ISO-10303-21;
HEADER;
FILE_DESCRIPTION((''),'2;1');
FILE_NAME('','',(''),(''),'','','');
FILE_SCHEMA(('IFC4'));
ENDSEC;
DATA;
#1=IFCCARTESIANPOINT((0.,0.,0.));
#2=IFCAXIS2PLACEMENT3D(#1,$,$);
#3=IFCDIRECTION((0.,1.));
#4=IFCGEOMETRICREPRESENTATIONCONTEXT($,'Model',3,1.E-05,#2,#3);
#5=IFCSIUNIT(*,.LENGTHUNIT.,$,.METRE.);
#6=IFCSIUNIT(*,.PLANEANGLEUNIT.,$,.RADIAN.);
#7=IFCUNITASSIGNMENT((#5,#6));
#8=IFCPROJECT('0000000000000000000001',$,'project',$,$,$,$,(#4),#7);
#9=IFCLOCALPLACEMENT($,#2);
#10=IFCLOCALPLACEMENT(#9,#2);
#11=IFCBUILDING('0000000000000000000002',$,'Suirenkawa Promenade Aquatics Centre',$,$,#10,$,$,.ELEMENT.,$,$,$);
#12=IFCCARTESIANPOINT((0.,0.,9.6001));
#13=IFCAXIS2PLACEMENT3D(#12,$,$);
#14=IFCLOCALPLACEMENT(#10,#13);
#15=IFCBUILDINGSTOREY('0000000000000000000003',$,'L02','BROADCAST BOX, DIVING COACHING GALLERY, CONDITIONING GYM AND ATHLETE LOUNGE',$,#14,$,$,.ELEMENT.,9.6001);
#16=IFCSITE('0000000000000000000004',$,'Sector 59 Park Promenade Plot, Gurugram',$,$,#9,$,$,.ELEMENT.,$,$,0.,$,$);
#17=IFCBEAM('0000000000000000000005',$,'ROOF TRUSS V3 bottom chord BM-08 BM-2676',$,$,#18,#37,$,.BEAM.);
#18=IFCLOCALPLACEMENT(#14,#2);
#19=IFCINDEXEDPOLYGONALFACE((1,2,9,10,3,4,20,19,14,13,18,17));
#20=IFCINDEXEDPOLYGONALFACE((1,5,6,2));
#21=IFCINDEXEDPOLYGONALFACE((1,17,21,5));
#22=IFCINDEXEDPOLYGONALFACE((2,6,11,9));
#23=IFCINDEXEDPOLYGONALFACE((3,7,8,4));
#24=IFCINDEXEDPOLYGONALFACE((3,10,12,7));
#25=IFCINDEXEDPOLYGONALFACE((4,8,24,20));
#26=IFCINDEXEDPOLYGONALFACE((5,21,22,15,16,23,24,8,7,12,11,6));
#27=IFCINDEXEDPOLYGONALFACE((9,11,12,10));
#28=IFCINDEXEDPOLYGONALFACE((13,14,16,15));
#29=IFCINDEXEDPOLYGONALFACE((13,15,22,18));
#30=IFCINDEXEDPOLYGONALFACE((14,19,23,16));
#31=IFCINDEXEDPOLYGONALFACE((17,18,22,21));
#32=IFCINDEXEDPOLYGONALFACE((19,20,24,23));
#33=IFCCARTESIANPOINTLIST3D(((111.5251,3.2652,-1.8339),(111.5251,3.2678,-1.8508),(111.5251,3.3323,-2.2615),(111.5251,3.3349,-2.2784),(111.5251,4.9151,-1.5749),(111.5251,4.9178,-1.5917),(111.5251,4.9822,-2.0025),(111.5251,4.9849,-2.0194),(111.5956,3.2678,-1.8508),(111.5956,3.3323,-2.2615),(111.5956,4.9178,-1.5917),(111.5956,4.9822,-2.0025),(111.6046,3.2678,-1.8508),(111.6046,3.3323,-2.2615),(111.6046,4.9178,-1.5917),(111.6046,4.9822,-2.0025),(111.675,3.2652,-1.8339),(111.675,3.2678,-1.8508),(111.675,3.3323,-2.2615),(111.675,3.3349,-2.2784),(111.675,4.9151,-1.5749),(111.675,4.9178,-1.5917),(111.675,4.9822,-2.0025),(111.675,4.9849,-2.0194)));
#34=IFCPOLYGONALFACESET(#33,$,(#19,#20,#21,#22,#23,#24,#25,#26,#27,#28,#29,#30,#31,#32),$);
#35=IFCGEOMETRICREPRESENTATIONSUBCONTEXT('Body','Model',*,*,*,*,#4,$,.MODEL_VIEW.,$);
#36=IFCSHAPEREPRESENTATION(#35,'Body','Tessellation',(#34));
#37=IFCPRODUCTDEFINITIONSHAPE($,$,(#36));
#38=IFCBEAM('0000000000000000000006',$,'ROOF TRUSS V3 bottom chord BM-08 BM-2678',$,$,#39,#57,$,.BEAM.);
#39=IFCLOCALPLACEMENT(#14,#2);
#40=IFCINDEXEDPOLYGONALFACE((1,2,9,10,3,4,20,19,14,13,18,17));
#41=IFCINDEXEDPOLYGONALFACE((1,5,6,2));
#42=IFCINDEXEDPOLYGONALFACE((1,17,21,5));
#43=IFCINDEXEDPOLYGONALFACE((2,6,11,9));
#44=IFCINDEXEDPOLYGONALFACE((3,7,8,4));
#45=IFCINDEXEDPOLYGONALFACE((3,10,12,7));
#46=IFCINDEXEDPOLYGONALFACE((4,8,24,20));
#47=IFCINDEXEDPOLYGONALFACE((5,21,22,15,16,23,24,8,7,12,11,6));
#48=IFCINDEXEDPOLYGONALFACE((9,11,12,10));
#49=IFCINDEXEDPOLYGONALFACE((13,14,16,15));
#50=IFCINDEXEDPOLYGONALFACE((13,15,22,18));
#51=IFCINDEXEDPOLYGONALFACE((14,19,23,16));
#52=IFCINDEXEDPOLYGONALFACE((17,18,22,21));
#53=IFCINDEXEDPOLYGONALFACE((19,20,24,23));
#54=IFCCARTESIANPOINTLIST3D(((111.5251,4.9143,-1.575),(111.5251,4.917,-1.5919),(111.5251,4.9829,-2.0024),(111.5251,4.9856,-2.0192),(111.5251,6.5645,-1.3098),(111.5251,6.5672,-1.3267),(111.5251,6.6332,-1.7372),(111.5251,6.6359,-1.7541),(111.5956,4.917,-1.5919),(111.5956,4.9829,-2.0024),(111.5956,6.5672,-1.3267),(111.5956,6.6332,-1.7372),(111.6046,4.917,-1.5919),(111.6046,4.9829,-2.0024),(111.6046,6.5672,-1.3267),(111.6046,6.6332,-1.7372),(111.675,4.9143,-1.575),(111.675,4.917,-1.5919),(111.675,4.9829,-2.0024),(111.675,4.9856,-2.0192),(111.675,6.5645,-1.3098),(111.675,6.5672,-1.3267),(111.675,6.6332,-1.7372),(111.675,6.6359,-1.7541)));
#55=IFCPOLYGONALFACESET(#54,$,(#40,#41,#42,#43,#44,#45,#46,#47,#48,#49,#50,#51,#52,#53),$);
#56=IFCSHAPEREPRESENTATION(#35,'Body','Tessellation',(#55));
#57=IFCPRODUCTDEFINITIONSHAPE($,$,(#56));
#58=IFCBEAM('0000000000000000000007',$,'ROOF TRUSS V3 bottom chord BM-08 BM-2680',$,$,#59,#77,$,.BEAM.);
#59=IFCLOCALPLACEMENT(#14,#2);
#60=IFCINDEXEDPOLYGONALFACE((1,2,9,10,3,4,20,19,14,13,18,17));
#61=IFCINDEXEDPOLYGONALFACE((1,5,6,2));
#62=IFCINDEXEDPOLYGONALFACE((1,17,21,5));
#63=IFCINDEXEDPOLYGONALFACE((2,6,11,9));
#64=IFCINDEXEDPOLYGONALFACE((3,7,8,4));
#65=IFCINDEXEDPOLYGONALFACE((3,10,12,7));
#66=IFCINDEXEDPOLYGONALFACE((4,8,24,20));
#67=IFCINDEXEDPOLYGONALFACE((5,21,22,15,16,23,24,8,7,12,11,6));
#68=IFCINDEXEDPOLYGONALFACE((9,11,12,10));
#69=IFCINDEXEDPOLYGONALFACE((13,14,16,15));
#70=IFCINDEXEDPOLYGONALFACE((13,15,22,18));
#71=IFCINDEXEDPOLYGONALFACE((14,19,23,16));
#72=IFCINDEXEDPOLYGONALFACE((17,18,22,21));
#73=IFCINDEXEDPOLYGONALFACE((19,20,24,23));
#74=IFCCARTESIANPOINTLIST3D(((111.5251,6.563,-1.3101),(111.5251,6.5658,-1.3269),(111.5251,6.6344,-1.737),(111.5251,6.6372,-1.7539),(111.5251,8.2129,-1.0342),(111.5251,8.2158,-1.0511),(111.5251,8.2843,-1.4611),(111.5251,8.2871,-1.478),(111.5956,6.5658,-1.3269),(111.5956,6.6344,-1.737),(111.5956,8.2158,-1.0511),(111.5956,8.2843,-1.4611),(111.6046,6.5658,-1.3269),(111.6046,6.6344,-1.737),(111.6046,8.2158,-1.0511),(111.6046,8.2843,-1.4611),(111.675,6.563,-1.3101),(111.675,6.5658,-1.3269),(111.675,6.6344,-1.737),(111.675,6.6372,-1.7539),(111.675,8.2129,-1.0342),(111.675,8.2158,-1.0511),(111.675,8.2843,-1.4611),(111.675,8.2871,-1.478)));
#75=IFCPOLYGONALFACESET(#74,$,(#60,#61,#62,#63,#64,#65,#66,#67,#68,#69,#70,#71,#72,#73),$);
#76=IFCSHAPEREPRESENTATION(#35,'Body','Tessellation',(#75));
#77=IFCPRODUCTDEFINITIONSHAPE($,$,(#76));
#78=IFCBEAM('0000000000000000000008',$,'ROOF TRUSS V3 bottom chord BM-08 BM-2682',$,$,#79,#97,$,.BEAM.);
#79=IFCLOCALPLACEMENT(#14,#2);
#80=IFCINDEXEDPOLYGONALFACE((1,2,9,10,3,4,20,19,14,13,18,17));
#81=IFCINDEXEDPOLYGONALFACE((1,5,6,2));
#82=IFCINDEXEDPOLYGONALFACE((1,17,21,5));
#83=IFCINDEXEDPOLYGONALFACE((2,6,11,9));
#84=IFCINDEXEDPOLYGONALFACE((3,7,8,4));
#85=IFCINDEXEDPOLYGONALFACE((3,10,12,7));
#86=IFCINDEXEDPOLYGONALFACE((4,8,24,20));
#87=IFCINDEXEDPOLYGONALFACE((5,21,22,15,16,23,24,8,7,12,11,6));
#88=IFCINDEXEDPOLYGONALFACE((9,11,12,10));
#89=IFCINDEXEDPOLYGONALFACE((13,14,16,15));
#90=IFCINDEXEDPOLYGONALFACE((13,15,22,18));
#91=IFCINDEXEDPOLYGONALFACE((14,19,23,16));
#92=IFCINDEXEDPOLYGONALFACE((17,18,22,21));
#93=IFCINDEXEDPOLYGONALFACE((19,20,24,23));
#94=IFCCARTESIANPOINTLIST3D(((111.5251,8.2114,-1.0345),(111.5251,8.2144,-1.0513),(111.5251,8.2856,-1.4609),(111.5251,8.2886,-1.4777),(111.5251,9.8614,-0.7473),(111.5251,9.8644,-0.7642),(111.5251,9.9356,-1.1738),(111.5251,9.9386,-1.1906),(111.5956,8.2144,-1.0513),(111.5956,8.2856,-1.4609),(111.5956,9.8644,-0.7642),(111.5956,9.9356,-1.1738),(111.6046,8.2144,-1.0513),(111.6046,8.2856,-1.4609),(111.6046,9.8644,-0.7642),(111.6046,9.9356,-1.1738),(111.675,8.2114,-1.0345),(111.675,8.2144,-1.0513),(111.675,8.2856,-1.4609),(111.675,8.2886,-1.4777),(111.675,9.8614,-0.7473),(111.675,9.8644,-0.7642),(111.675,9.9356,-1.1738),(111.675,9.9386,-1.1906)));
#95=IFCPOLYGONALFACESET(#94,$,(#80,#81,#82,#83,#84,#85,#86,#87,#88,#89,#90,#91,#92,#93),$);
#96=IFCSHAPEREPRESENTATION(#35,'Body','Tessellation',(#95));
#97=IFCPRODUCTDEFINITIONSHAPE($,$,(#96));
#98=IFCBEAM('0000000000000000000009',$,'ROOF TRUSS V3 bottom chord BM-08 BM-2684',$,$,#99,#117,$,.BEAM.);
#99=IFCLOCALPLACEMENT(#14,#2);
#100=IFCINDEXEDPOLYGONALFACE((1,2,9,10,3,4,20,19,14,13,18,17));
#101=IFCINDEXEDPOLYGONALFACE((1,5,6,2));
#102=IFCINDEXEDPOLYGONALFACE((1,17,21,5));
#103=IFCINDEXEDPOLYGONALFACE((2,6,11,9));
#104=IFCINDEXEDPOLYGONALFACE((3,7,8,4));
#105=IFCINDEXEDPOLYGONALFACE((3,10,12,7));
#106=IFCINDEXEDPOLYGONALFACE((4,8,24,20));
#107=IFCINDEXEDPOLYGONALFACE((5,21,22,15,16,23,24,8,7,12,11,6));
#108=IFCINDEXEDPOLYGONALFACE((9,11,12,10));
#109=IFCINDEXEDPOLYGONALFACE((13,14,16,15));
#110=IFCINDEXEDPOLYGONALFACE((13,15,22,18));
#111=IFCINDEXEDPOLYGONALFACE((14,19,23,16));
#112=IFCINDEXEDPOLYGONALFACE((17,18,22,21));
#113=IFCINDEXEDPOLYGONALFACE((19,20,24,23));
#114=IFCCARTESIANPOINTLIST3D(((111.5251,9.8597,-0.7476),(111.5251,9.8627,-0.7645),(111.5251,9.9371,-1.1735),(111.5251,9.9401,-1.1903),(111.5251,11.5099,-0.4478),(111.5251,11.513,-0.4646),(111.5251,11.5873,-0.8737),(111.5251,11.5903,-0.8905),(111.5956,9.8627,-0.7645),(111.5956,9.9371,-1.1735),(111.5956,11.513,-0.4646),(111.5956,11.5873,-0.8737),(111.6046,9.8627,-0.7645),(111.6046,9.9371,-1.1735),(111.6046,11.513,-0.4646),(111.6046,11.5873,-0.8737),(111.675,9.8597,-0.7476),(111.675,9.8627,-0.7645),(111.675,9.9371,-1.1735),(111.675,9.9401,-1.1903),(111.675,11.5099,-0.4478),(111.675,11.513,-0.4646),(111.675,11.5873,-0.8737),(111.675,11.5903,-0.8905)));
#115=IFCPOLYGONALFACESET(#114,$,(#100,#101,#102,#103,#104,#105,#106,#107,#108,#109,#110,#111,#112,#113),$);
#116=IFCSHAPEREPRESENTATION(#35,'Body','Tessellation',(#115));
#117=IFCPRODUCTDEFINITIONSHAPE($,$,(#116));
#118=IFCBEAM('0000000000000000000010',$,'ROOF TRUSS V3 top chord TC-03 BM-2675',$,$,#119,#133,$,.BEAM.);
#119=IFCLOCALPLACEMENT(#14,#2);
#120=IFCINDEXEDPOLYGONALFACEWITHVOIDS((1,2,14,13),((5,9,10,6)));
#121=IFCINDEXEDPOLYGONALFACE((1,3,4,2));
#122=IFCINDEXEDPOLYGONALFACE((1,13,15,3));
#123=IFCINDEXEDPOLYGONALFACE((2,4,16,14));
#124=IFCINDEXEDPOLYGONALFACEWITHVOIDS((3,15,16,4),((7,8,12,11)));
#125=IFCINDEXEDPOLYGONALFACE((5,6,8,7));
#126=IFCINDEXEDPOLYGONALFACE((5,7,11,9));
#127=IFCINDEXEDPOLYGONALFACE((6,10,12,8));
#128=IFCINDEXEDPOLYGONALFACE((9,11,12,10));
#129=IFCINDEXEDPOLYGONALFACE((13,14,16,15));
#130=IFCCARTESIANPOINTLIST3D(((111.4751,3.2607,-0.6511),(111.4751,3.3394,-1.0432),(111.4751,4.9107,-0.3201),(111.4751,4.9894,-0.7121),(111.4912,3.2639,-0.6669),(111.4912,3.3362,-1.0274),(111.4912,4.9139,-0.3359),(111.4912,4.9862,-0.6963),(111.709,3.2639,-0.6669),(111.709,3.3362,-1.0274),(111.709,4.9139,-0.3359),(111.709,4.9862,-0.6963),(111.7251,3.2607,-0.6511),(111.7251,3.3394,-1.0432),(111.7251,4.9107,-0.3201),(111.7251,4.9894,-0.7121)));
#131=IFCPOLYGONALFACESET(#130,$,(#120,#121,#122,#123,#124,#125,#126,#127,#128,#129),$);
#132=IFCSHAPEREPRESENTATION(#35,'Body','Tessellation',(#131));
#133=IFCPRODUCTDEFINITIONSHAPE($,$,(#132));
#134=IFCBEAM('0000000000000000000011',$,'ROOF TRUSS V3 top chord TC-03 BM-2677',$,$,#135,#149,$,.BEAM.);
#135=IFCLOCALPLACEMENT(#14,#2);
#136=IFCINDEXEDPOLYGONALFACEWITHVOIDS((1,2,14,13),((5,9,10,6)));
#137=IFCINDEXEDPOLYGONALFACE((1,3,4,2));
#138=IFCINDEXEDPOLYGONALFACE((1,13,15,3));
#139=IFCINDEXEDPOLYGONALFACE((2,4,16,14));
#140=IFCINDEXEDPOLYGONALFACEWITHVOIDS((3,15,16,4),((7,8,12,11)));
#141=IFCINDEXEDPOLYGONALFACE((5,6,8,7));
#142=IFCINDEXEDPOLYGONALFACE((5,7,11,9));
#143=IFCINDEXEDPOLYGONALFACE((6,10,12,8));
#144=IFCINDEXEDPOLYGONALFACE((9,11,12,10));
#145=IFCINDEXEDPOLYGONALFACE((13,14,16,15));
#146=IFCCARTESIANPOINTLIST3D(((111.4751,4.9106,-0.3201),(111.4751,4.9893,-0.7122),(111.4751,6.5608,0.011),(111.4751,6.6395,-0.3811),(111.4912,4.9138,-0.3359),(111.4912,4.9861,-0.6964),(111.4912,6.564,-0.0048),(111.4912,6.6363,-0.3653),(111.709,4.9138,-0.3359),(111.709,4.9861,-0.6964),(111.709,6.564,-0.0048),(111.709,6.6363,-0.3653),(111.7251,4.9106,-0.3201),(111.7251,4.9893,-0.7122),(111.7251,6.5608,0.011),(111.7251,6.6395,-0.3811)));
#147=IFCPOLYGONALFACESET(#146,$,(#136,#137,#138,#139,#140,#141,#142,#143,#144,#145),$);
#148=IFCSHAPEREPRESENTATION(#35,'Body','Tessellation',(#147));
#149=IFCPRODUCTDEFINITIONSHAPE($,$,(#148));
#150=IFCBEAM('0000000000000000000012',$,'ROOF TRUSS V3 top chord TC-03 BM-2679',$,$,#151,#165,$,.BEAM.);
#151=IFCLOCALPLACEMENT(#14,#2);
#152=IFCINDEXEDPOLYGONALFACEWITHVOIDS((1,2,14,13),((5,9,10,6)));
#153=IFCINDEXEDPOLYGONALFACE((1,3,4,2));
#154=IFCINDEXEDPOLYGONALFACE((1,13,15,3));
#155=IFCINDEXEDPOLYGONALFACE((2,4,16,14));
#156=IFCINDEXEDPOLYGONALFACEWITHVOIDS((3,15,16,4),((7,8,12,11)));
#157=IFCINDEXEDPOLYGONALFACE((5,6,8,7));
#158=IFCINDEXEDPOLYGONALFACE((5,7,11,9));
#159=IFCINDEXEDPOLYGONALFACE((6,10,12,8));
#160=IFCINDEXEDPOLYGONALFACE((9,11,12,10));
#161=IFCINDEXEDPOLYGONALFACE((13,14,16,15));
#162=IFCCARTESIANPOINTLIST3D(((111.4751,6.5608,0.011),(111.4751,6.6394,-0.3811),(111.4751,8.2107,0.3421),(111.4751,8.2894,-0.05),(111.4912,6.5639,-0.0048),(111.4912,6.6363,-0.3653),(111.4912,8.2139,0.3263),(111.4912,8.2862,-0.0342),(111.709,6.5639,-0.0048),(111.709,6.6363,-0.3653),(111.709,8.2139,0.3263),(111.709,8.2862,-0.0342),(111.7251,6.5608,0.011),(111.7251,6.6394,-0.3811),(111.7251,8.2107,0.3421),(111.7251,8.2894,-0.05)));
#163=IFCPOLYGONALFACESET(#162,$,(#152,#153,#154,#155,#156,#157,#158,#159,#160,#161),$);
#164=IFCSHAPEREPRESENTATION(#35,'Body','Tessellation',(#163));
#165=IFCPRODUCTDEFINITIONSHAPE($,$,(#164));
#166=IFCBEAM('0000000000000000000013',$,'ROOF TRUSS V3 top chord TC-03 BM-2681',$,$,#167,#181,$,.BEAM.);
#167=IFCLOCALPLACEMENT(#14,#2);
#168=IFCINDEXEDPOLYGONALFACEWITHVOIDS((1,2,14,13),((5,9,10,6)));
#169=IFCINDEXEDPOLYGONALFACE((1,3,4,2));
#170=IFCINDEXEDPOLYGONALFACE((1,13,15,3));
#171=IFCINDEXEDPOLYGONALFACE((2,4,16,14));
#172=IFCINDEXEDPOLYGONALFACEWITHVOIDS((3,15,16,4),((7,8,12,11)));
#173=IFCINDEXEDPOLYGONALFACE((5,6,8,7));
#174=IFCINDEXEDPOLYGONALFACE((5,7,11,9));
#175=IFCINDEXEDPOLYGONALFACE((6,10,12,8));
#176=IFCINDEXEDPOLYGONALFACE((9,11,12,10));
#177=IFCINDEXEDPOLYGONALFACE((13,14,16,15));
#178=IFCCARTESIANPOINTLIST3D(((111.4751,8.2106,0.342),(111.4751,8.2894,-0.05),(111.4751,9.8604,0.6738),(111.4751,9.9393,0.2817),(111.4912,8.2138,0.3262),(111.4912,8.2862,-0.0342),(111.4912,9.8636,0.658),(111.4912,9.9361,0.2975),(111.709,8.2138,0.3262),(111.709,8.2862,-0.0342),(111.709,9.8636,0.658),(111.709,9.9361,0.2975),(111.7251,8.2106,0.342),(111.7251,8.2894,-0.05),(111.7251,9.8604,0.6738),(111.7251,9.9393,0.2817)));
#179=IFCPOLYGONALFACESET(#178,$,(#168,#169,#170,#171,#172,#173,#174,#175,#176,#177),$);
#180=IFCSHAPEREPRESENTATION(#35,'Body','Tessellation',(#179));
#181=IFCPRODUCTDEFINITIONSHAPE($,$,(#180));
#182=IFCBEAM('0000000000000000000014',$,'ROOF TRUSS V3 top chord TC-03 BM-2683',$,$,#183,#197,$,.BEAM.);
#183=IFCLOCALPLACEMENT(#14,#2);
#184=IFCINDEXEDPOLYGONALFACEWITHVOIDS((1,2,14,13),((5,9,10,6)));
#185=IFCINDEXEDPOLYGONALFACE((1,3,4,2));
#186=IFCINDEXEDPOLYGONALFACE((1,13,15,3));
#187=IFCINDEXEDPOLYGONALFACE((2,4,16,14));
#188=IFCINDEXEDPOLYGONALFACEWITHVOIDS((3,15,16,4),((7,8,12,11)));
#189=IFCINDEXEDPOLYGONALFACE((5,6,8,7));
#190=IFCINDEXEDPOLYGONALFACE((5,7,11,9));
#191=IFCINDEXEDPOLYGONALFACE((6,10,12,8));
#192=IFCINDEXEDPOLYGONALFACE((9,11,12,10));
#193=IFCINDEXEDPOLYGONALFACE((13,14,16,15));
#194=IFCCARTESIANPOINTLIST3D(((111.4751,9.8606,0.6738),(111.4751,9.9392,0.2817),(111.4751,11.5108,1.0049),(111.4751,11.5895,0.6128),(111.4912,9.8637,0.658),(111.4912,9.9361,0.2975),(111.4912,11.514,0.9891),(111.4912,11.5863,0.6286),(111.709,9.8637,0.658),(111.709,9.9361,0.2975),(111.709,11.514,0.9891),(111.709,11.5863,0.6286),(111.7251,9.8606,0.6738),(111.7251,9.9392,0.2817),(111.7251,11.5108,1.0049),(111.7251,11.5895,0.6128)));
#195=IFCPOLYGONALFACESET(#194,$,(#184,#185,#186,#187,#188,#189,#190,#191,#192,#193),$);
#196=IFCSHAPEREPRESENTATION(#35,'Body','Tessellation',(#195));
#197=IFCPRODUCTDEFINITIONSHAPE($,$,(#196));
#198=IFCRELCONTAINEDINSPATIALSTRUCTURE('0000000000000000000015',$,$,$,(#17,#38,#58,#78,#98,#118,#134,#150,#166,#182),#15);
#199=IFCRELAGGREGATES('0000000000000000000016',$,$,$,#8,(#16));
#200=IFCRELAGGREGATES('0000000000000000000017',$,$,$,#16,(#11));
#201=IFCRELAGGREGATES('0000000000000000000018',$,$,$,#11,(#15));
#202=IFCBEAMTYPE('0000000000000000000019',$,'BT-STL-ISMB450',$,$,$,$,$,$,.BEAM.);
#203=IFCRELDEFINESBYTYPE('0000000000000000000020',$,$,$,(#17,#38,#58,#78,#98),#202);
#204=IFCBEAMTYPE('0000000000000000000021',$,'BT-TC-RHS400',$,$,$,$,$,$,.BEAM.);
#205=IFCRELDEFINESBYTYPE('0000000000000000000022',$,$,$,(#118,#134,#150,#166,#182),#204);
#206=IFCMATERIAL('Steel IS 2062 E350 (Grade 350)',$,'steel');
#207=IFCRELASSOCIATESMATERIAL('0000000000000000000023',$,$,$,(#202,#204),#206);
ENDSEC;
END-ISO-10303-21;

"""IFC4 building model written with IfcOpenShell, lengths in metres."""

from ifc_helpers import new_model, si_unit, direction, frame, origin, origin_2d, place, context, subcontext, project, spatial, hollow_rectangle, i_section, extrude, material, material_profile, profile_set, type_object, element, save


model = new_model("IFC4")

# Units and contexts
model_context = context("Model", 3, precision=1e-05, world=origin(), true_north=direction((0.0, 1.0)))
body_context = subcontext(model_context, "Body", "Model", "MODEL_VIEW")
ifc_project = project(units=[si_unit("LENGTHUNIT", "METRE"), si_unit("PLANEANGLEUNIT", "RADIAN")], contexts=[model_context])

# Site, building, storey
site_placement = place(None, origin())
site = spatial("IfcSite", under=ifc_project, at=site_placement, Name="Sector 59 Park Promenade Plot, Gurugram", CompositionType="ELEMENT", RefElevation=0.0)
building_placement = place(site_placement, origin())
building = spatial("IfcBuilding", under=site, at=building_placement, Name="Suirenkawa Promenade Aquatics Centre", CompositionType="ELEMENT")
storey_placement = place(building_placement, frame((0.0, 0.0, 9.6001)))
storey = spatial("IfcBuildingStorey", under=building, at=storey_placement, Name="L02", Description="BROADCAST BOX, DIVING COACHING GALLERY, CONDITIONING GYM AND ATHLETE LOUNGE", CompositionType="ELEMENT", Elevation=9.6001)

# Beams
ifc_material = material(Name="Steel IS 2062 E350 (Grade 350)", Category="steel")
ifc_material_profile_1 = material_profile(ifc_material, i_section(OverallWidth=0.1499, OverallDepth=0.45, WebThickness=0.009, FlangeThickness=0.0171, at=origin_2d()), Name="ISMB 450", Category="steel")
ifc_profile_set_1 = profile_set([ifc_material_profile_1], Name="Steel IS 2062 E350 (Grade 350)")
beam_type_1 = type_object("IfcBeamType", Name="BT-STL-ISMB450", PredefinedType="BEAM", material=ifc_profile_set_1)
beam_1_placement = place(storey_placement, frame((111.6001, 3.3, -2.0562), z_axis=(0.0, 0.987899, 0.155099), x_axis=(-1.0, 0.0, 0.0)))
element("IfcBeam", 1, at=beam_1_placement, inside=storey, type_object=beam_type_1, Name="ROOF TRUSS V3 bottom chord BM-08 BM-2676", PredefinedType="BEAM", context=body_context, shape_type="SweptSolid", body=[
    extrude(i_section(OverallWidth=0.1499, OverallDepth=0.45, WebThickness=0.009, FlangeThickness=0.0171, at=origin_2d()), origin(), (0.0, 0.0, 1.0), 1.6702),
])
beam_2_placement = place(storey_placement, frame((111.6001, 4.95, -1.7971), z_axis=(0.0, 0.987337, 0.15864), x_axis=(-1.0, 0.0, 0.0)))
element("IfcBeam", 2, at=beam_2_placement, inside=storey, type_object=beam_type_1, Name="ROOF TRUSS V3 bottom chord BM-08 BM-2678", PredefinedType="BEAM", context=body_context, shape_type="SweptSolid", body=[
    extrude(i_section(OverallWidth=0.1499, OverallDepth=0.45, WebThickness=0.009, FlangeThickness=0.0171, at=origin_2d()), origin(), (0.0, 0.0, 1.0), 1.6714),
])
beam_3_placement = place(storey_placement, frame((111.6001, 6.6001, -1.532), z_axis=(0.0, 0.986307, 0.16492), x_axis=(-1.0, 0.0, 0.0)))
element("IfcBeam", 3, at=beam_3_placement, inside=storey, type_object=beam_type_1, Name="ROOF TRUSS V3 bottom chord BM-08 BM-2680", PredefinedType="BEAM", context=body_context, shape_type="SweptSolid", body=[
    extrude(i_section(OverallWidth=0.1499, OverallDepth=0.45, WebThickness=0.009, FlangeThickness=0.0171, at=origin_2d()), origin(), (0.0, 0.0, 1.0), 1.6729),
])
beam_4_placement = place(storey_placement, frame((111.6001, 8.25, -1.2561), z_axis=(0.0, 0.985195, 0.17144), x_axis=(-1.0, 0.0, 0.0)))
element("IfcBeam", 4, at=beam_4_placement, inside=storey, type_object=beam_type_1, Name="ROOF TRUSS V3 bottom chord BM-08 BM-2682", PredefinedType="BEAM", context=body_context, shape_type="SweptSolid", body=[
    extrude(i_section(OverallWidth=0.1499, OverallDepth=0.45, WebThickness=0.009, FlangeThickness=0.0171, at=origin_2d()), origin(), (0.0, 0.0, 1.0), 1.6748),
])
beam_5_placement = place(storey_placement, frame((111.6001, 9.8999, -0.969), z_axis=(0.0, 0.983893, 0.178757), x_axis=(-1.0, 0.0, 0.0)))
element("IfcBeam", 5, at=beam_5_placement, inside=storey, type_object=beam_type_1, Name="ROOF TRUSS V3 bottom chord BM-08 BM-2684", PredefinedType="BEAM", context=body_context, shape_type="SweptSolid", body=[
    extrude(i_section(OverallWidth=0.1499, OverallDepth=0.45, WebThickness=0.009, FlangeThickness=0.0171, at=origin_2d()), origin(), (0.0, 0.0, 1.0), 1.6772),
])
ifc_material_profile_2 = material_profile(ifc_material, hollow_rectangle(XDim=0.25, YDim=0.3999, WallThickness=0.0161, at=origin_2d()), Name="RHS 400x250x16", Category="steel")
ifc_profile_set_2 = profile_set([ifc_material_profile_2], Name="Steel IS 2062 E350 (Grade 350)")
beam_type_2 = type_object("IfcBeamType", Name="BT-TC-RHS400", PredefinedType="BEAM", material=ifc_profile_set_2)
beam_6_placement = place(storey_placement, frame((111.6001, 3.3, -0.8472), z_axis=(0.0, 0.980458, 0.19673), x_axis=(-1.0, 0.0, 0.0)))
element("IfcBeam", 6, at=beam_6_placement, inside=storey, type_object=beam_type_2, Name="ROOF TRUSS V3 top chord TC-03 BM-2675", PredefinedType="BEAM", context=body_context, shape_type="SweptSolid", body=[
    extrude(hollow_rectangle(XDim=0.25, YDim=0.3999, WallThickness=0.0161, at=origin_2d()), origin(), (0.0, 0.0, 1.0), 1.6829),
])
beam_7_placement = place(storey_placement, frame((111.6001, 4.95, -0.5161), z_axis=(0.0, 0.980463, 0.196702), x_axis=(-1.0, 0.0, 0.0)))
element("IfcBeam", 7, at=beam_7_placement, inside=storey, type_object=beam_type_2, Name="ROOF TRUSS V3 top chord TC-03 BM-2677", PredefinedType="BEAM", context=body_context, shape_type="SweptSolid", body=[
    extrude(hollow_rectangle(XDim=0.25, YDim=0.3999, WallThickness=0.0161, at=origin_2d()), origin(), (0.0, 0.0, 1.0), 1.6831),
])
for number, where, z_axis, x_axis, name in (
    (8, (111.6001, 6.6001, -0.1851), (0.0, 0.980458, 0.19673), (-1.0, 0.0, 0.0), "ROOF TRUSS V3 top chord TC-03 BM-2679"),
    (9, (111.6001, 8.25, 0.146), (0.0, 0.980374, 0.197148), (-1.0, 0.0, 0.0), "ROOF TRUSS V3 top chord TC-03 BM-2681"),
):
    element("IfcBeam", number, at=place(storey_placement, frame(where, z_axis=z_axis, x_axis=x_axis)), inside=storey, type_object=beam_type_2, Name=name, PredefinedType="BEAM", context=body_context, shape_type="SweptSolid", body=[
        extrude(hollow_rectangle(XDim=0.25, YDim=0.3999, WallThickness=0.0161, at=origin_2d()), origin(), (0.0, 0.0, 1.0), 1.6829),
    ])
beam_8_placement = place(storey_placement, frame((111.6001, 9.8999, 0.4778), z_axis=(0.0, 0.980463, 0.196702), x_axis=(-1.0, 0.0, 0.0)))
element("IfcBeam", 10, at=beam_8_placement, inside=storey, type_object=beam_type_2, Name="ROOF TRUSS V3 top chord TC-03 BM-2683", PredefinedType="BEAM", context=body_context, shape_type="SweptSolid", body=[
    extrude(hollow_rectangle(XDim=0.25, YDim=0.3999, WallThickness=0.0161, at=origin_2d()), origin(), (0.0, 0.0, 1.0), 1.6831),
])

save(model, "model.ifc")
